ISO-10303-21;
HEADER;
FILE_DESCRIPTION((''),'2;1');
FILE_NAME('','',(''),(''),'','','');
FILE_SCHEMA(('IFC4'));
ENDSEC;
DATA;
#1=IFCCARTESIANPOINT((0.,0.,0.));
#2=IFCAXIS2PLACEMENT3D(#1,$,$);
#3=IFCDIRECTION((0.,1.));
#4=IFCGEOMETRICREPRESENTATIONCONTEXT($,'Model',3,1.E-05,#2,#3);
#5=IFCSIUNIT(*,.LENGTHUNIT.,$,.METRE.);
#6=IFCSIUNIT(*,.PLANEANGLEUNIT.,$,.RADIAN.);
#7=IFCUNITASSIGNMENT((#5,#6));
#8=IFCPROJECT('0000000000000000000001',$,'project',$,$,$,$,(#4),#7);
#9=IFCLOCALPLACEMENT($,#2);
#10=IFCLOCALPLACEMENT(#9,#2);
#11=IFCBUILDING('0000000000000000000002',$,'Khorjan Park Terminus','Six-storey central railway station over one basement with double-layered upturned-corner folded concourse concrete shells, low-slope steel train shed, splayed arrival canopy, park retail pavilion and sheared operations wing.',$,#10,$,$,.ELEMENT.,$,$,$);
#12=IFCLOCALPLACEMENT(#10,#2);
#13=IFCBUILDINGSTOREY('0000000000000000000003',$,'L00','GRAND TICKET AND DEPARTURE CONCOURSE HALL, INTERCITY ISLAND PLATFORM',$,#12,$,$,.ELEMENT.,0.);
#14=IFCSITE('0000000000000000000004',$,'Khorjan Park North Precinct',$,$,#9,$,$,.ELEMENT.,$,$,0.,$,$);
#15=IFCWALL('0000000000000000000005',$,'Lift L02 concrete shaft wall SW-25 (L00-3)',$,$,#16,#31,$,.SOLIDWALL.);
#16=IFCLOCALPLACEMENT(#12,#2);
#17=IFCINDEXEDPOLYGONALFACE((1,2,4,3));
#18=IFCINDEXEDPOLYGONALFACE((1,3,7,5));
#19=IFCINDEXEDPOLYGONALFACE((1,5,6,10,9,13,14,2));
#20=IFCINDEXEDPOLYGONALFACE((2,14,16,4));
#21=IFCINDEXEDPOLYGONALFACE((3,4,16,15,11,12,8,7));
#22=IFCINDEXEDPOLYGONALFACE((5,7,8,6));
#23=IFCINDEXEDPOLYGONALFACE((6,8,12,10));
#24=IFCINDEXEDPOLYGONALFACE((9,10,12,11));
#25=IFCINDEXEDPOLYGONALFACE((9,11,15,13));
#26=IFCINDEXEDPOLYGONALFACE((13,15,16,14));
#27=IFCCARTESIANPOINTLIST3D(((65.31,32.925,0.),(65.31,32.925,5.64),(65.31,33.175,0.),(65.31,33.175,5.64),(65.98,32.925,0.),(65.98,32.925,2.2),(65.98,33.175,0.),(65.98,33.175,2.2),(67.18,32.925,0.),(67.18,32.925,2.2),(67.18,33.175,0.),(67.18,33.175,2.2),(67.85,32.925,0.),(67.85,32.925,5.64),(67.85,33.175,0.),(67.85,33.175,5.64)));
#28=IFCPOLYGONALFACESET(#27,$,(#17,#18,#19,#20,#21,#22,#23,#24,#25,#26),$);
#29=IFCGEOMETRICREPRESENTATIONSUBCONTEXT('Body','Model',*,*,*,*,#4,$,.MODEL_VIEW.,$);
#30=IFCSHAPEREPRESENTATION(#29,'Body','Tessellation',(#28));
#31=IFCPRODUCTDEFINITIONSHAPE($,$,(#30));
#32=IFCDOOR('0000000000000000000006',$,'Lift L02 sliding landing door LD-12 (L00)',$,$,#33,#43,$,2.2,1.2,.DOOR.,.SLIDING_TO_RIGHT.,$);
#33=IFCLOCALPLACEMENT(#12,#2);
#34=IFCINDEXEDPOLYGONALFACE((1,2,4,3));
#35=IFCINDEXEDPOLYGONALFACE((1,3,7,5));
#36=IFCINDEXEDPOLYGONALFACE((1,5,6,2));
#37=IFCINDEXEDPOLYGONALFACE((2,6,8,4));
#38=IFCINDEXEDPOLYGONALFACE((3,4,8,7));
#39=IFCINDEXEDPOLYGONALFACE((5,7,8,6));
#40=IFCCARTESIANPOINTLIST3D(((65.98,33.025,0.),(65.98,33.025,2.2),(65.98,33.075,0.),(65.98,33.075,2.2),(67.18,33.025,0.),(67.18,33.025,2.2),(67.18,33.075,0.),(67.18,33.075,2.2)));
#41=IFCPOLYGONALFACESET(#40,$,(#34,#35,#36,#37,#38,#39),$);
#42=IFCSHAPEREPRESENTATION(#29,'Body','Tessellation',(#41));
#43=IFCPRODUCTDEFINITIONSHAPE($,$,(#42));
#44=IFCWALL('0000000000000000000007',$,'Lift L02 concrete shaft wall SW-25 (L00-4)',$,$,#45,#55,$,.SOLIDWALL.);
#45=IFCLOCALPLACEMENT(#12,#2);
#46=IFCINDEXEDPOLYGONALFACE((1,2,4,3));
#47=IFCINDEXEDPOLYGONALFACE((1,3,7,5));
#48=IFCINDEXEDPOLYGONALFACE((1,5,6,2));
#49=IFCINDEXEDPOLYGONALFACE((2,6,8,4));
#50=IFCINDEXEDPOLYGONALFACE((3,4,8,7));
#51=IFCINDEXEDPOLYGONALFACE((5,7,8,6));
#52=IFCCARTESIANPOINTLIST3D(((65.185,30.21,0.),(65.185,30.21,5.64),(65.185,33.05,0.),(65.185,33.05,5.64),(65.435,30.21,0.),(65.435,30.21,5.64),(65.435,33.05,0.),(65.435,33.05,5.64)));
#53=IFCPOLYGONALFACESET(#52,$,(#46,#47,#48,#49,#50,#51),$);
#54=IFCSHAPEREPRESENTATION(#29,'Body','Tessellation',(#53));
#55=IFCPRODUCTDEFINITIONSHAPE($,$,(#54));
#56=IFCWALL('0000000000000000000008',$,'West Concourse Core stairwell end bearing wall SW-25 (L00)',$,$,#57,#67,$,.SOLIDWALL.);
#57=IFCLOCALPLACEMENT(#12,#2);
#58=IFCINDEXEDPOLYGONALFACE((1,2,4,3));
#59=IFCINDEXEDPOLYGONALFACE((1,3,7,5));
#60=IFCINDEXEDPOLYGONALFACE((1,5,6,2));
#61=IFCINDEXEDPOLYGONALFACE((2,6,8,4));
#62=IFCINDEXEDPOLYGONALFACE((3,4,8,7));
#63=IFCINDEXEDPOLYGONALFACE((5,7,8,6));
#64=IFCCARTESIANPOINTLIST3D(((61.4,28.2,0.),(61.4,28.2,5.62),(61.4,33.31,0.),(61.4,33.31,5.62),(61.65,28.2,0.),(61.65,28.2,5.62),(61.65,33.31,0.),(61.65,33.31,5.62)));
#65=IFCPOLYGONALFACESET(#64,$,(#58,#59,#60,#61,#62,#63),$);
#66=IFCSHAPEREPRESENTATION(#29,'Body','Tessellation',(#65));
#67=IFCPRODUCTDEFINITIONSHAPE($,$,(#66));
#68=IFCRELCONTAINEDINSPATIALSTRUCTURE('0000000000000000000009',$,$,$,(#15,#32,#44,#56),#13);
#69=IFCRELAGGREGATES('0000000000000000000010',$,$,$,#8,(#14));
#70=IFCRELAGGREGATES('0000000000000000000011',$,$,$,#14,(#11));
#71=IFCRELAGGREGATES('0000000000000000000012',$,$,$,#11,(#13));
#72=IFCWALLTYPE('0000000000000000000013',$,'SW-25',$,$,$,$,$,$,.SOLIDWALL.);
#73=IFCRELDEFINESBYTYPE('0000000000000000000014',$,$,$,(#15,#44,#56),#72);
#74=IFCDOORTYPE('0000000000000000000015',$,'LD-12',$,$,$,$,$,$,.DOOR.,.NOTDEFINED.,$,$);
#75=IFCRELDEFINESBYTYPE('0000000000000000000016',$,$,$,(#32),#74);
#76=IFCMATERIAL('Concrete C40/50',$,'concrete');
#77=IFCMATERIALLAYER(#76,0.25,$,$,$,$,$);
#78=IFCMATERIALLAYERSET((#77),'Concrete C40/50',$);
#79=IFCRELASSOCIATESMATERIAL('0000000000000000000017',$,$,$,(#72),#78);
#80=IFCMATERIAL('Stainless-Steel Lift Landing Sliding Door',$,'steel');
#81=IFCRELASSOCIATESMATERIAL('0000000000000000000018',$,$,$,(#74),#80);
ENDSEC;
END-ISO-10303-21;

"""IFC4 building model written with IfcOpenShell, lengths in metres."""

from ifc_helpers import new_model, si_unit, direction, frame, frame_2d, origin, place, context, subcontext, project, spatial, rectangle, extrude, material, layer, layer_set, type_object, element, fill, save


model = new_model("IFC4")

# Units and contexts
model_context = context("Model", 3, precision=1e-05, world=origin(), true_north=direction((0.0, 1.0)))
body_context = subcontext(model_context, "Body", "Model", "MODEL_VIEW")
ifc_project = project(units=[si_unit("LENGTHUNIT", "METRE"), si_unit("PLANEANGLEUNIT", "RADIAN")], contexts=[model_context])

# Site, building, storey
site_placement = place(None, origin())
site = spatial("IfcSite", under=ifc_project, at=site_placement, Name="Khorjan Park North Precinct", CompositionType="ELEMENT", RefElevation=0.0)
building_placement = place(site_placement, origin())
building = spatial("IfcBuilding", under=site, at=building_placement, Name="Khorjan Park Terminus", Description="Six-storey central railway station over one basement with double-layered upturned-corner folded concourse concrete shells, low-slope steel train shed, splayed arrival canopy, park retail pavilion and sheared operations wing.", CompositionType="ELEMENT")
storey_placement = place(building_placement, origin())
storey = spatial("IfcBuildingStorey", under=building, at=storey_placement, Name="L00", Description="GRAND TICKET AND DEPARTURE CONCOURSE HALL, INTERCITY ISLAND PLATFORM", CompositionType="ELEMENT", Elevation=0.0)

# Shared definitions
ifc_material_1 = material(Name="Concrete C40/50", Category="concrete")

# Shared definitions
ifc_layer_1 = layer(ifc_material_1, 0.25)
ifc_layer_set_1 = layer_set([ifc_layer_1], Name="Concrete C40/50")
wall_type_1 = type_object("IfcWallType", Name="SW-25", PredefinedType="SOLIDWALL", material=ifc_layer_set_1)

# Shared definitions
ifc_material_2 = material(Name="Stainless-Steel Lift Landing Sliding Door", Category="steel")
door_type_1 = type_object("IfcDoorType", Name="LD-12", OperationType="NOTDEFINED", PredefinedType="DOOR", material=ifc_material_2)

# Wall, opening, door
wall_1_placement = place(storey_placement, frame((67.85, 33.05, 0.0), z_axis=(0.0, 0.0, 1.0), x_axis=(-1.0, 0.0, 0.0)))
wall_1 = element("IfcWall", 1, at=wall_1_placement, inside=storey, type_object=wall_type_1, Name="Lift L02 concrete shaft wall SW-25 (L00-3)", PredefinedType="SOLIDWALL", context=body_context, shape_type="SweptSolid", body=[
    extrude(rectangle(XDim=2.54, YDim=0.25, at=frame_2d((1.27, 0.0))), origin(), (0.0, 0.0, 1.0), 5.64),
])
opening_1_placement = place(wall_1_placement, frame((0.67, 0.0, 0.0)))
opening_1 = element("IfcOpeningElement", 2, at=opening_1_placement, cuts=wall_1, PredefinedType="OPENING", context=body_context, shape_type="SweptSolid", body=[
    extrude(rectangle(XDim=1.2, YDim=2.2, at=frame_2d((0.6, 1.1))), frame((0.0, 0.135, 0.0), z_axis=(0.0, -1.0, 0.0), x_axis=(1.0, 0.0, 0.0)), (0.0, 0.0, 1.0), 0.27),
])
door_1_placement = place(opening_1_placement, origin())
door_1 = element("IfcDoor", 3, at=door_1_placement, inside=storey, type_object=door_type_1, Name="Lift L02 sliding landing door LD-12 (L00)", OperationType="SLIDING_TO_RIGHT", OverallHeight=2.2, OverallWidth=1.2, PredefinedType="DOOR", context=body_context, shape_type="SweptSolid", body=[
    extrude(rectangle(XDim=1.2, YDim=2.2, at=frame_2d((0.6, 1.1))), frame((0.0, 0.025, 0.0), z_axis=(0.0, -1.0, 0.0), x_axis=(1.0, 0.0, 0.0)), (0.0, 0.0, 1.0), 0.05),
])
fill(opening_1, door_1)

# Walls
wall_2_placement = place(storey_placement, frame((65.31, 33.05, 0.0), z_axis=(0.0, 0.0, 1.0), x_axis=(0.0, -1.0, 0.0)))
element("IfcWall", 4, at=wall_2_placement, inside=storey, type_object=wall_type_1, Name="Lift L02 concrete shaft wall SW-25 (L00-4)", PredefinedType="SOLIDWALL", context=body_context, shape_type="SweptSolid", body=[
    extrude(rectangle(XDim=2.84, YDim=0.25, at=frame_2d((1.42, 0.0))), origin(), (0.0, 0.0, 1.0), 5.64),
])
wall_3_placement = place(storey_placement, frame((61.525, 28.2, 0.0), z_axis=(0.0, 0.0, 1.0), x_axis=(0.0, 1.0, 0.0)))
element("IfcWall", 5, at=wall_3_placement, inside=storey, type_object=wall_type_1, Name="West Concourse Core stairwell end bearing wall SW-25 (L00)", PredefinedType="SOLIDWALL", context=body_context, shape_type="SweptSolid", body=[
    extrude(rectangle(XDim=5.11, YDim=0.25, at=frame_2d((2.555, 0.0))), origin(), (0.0, 0.0, 1.0), 5.62),
])

save(model, "model.ifc")
